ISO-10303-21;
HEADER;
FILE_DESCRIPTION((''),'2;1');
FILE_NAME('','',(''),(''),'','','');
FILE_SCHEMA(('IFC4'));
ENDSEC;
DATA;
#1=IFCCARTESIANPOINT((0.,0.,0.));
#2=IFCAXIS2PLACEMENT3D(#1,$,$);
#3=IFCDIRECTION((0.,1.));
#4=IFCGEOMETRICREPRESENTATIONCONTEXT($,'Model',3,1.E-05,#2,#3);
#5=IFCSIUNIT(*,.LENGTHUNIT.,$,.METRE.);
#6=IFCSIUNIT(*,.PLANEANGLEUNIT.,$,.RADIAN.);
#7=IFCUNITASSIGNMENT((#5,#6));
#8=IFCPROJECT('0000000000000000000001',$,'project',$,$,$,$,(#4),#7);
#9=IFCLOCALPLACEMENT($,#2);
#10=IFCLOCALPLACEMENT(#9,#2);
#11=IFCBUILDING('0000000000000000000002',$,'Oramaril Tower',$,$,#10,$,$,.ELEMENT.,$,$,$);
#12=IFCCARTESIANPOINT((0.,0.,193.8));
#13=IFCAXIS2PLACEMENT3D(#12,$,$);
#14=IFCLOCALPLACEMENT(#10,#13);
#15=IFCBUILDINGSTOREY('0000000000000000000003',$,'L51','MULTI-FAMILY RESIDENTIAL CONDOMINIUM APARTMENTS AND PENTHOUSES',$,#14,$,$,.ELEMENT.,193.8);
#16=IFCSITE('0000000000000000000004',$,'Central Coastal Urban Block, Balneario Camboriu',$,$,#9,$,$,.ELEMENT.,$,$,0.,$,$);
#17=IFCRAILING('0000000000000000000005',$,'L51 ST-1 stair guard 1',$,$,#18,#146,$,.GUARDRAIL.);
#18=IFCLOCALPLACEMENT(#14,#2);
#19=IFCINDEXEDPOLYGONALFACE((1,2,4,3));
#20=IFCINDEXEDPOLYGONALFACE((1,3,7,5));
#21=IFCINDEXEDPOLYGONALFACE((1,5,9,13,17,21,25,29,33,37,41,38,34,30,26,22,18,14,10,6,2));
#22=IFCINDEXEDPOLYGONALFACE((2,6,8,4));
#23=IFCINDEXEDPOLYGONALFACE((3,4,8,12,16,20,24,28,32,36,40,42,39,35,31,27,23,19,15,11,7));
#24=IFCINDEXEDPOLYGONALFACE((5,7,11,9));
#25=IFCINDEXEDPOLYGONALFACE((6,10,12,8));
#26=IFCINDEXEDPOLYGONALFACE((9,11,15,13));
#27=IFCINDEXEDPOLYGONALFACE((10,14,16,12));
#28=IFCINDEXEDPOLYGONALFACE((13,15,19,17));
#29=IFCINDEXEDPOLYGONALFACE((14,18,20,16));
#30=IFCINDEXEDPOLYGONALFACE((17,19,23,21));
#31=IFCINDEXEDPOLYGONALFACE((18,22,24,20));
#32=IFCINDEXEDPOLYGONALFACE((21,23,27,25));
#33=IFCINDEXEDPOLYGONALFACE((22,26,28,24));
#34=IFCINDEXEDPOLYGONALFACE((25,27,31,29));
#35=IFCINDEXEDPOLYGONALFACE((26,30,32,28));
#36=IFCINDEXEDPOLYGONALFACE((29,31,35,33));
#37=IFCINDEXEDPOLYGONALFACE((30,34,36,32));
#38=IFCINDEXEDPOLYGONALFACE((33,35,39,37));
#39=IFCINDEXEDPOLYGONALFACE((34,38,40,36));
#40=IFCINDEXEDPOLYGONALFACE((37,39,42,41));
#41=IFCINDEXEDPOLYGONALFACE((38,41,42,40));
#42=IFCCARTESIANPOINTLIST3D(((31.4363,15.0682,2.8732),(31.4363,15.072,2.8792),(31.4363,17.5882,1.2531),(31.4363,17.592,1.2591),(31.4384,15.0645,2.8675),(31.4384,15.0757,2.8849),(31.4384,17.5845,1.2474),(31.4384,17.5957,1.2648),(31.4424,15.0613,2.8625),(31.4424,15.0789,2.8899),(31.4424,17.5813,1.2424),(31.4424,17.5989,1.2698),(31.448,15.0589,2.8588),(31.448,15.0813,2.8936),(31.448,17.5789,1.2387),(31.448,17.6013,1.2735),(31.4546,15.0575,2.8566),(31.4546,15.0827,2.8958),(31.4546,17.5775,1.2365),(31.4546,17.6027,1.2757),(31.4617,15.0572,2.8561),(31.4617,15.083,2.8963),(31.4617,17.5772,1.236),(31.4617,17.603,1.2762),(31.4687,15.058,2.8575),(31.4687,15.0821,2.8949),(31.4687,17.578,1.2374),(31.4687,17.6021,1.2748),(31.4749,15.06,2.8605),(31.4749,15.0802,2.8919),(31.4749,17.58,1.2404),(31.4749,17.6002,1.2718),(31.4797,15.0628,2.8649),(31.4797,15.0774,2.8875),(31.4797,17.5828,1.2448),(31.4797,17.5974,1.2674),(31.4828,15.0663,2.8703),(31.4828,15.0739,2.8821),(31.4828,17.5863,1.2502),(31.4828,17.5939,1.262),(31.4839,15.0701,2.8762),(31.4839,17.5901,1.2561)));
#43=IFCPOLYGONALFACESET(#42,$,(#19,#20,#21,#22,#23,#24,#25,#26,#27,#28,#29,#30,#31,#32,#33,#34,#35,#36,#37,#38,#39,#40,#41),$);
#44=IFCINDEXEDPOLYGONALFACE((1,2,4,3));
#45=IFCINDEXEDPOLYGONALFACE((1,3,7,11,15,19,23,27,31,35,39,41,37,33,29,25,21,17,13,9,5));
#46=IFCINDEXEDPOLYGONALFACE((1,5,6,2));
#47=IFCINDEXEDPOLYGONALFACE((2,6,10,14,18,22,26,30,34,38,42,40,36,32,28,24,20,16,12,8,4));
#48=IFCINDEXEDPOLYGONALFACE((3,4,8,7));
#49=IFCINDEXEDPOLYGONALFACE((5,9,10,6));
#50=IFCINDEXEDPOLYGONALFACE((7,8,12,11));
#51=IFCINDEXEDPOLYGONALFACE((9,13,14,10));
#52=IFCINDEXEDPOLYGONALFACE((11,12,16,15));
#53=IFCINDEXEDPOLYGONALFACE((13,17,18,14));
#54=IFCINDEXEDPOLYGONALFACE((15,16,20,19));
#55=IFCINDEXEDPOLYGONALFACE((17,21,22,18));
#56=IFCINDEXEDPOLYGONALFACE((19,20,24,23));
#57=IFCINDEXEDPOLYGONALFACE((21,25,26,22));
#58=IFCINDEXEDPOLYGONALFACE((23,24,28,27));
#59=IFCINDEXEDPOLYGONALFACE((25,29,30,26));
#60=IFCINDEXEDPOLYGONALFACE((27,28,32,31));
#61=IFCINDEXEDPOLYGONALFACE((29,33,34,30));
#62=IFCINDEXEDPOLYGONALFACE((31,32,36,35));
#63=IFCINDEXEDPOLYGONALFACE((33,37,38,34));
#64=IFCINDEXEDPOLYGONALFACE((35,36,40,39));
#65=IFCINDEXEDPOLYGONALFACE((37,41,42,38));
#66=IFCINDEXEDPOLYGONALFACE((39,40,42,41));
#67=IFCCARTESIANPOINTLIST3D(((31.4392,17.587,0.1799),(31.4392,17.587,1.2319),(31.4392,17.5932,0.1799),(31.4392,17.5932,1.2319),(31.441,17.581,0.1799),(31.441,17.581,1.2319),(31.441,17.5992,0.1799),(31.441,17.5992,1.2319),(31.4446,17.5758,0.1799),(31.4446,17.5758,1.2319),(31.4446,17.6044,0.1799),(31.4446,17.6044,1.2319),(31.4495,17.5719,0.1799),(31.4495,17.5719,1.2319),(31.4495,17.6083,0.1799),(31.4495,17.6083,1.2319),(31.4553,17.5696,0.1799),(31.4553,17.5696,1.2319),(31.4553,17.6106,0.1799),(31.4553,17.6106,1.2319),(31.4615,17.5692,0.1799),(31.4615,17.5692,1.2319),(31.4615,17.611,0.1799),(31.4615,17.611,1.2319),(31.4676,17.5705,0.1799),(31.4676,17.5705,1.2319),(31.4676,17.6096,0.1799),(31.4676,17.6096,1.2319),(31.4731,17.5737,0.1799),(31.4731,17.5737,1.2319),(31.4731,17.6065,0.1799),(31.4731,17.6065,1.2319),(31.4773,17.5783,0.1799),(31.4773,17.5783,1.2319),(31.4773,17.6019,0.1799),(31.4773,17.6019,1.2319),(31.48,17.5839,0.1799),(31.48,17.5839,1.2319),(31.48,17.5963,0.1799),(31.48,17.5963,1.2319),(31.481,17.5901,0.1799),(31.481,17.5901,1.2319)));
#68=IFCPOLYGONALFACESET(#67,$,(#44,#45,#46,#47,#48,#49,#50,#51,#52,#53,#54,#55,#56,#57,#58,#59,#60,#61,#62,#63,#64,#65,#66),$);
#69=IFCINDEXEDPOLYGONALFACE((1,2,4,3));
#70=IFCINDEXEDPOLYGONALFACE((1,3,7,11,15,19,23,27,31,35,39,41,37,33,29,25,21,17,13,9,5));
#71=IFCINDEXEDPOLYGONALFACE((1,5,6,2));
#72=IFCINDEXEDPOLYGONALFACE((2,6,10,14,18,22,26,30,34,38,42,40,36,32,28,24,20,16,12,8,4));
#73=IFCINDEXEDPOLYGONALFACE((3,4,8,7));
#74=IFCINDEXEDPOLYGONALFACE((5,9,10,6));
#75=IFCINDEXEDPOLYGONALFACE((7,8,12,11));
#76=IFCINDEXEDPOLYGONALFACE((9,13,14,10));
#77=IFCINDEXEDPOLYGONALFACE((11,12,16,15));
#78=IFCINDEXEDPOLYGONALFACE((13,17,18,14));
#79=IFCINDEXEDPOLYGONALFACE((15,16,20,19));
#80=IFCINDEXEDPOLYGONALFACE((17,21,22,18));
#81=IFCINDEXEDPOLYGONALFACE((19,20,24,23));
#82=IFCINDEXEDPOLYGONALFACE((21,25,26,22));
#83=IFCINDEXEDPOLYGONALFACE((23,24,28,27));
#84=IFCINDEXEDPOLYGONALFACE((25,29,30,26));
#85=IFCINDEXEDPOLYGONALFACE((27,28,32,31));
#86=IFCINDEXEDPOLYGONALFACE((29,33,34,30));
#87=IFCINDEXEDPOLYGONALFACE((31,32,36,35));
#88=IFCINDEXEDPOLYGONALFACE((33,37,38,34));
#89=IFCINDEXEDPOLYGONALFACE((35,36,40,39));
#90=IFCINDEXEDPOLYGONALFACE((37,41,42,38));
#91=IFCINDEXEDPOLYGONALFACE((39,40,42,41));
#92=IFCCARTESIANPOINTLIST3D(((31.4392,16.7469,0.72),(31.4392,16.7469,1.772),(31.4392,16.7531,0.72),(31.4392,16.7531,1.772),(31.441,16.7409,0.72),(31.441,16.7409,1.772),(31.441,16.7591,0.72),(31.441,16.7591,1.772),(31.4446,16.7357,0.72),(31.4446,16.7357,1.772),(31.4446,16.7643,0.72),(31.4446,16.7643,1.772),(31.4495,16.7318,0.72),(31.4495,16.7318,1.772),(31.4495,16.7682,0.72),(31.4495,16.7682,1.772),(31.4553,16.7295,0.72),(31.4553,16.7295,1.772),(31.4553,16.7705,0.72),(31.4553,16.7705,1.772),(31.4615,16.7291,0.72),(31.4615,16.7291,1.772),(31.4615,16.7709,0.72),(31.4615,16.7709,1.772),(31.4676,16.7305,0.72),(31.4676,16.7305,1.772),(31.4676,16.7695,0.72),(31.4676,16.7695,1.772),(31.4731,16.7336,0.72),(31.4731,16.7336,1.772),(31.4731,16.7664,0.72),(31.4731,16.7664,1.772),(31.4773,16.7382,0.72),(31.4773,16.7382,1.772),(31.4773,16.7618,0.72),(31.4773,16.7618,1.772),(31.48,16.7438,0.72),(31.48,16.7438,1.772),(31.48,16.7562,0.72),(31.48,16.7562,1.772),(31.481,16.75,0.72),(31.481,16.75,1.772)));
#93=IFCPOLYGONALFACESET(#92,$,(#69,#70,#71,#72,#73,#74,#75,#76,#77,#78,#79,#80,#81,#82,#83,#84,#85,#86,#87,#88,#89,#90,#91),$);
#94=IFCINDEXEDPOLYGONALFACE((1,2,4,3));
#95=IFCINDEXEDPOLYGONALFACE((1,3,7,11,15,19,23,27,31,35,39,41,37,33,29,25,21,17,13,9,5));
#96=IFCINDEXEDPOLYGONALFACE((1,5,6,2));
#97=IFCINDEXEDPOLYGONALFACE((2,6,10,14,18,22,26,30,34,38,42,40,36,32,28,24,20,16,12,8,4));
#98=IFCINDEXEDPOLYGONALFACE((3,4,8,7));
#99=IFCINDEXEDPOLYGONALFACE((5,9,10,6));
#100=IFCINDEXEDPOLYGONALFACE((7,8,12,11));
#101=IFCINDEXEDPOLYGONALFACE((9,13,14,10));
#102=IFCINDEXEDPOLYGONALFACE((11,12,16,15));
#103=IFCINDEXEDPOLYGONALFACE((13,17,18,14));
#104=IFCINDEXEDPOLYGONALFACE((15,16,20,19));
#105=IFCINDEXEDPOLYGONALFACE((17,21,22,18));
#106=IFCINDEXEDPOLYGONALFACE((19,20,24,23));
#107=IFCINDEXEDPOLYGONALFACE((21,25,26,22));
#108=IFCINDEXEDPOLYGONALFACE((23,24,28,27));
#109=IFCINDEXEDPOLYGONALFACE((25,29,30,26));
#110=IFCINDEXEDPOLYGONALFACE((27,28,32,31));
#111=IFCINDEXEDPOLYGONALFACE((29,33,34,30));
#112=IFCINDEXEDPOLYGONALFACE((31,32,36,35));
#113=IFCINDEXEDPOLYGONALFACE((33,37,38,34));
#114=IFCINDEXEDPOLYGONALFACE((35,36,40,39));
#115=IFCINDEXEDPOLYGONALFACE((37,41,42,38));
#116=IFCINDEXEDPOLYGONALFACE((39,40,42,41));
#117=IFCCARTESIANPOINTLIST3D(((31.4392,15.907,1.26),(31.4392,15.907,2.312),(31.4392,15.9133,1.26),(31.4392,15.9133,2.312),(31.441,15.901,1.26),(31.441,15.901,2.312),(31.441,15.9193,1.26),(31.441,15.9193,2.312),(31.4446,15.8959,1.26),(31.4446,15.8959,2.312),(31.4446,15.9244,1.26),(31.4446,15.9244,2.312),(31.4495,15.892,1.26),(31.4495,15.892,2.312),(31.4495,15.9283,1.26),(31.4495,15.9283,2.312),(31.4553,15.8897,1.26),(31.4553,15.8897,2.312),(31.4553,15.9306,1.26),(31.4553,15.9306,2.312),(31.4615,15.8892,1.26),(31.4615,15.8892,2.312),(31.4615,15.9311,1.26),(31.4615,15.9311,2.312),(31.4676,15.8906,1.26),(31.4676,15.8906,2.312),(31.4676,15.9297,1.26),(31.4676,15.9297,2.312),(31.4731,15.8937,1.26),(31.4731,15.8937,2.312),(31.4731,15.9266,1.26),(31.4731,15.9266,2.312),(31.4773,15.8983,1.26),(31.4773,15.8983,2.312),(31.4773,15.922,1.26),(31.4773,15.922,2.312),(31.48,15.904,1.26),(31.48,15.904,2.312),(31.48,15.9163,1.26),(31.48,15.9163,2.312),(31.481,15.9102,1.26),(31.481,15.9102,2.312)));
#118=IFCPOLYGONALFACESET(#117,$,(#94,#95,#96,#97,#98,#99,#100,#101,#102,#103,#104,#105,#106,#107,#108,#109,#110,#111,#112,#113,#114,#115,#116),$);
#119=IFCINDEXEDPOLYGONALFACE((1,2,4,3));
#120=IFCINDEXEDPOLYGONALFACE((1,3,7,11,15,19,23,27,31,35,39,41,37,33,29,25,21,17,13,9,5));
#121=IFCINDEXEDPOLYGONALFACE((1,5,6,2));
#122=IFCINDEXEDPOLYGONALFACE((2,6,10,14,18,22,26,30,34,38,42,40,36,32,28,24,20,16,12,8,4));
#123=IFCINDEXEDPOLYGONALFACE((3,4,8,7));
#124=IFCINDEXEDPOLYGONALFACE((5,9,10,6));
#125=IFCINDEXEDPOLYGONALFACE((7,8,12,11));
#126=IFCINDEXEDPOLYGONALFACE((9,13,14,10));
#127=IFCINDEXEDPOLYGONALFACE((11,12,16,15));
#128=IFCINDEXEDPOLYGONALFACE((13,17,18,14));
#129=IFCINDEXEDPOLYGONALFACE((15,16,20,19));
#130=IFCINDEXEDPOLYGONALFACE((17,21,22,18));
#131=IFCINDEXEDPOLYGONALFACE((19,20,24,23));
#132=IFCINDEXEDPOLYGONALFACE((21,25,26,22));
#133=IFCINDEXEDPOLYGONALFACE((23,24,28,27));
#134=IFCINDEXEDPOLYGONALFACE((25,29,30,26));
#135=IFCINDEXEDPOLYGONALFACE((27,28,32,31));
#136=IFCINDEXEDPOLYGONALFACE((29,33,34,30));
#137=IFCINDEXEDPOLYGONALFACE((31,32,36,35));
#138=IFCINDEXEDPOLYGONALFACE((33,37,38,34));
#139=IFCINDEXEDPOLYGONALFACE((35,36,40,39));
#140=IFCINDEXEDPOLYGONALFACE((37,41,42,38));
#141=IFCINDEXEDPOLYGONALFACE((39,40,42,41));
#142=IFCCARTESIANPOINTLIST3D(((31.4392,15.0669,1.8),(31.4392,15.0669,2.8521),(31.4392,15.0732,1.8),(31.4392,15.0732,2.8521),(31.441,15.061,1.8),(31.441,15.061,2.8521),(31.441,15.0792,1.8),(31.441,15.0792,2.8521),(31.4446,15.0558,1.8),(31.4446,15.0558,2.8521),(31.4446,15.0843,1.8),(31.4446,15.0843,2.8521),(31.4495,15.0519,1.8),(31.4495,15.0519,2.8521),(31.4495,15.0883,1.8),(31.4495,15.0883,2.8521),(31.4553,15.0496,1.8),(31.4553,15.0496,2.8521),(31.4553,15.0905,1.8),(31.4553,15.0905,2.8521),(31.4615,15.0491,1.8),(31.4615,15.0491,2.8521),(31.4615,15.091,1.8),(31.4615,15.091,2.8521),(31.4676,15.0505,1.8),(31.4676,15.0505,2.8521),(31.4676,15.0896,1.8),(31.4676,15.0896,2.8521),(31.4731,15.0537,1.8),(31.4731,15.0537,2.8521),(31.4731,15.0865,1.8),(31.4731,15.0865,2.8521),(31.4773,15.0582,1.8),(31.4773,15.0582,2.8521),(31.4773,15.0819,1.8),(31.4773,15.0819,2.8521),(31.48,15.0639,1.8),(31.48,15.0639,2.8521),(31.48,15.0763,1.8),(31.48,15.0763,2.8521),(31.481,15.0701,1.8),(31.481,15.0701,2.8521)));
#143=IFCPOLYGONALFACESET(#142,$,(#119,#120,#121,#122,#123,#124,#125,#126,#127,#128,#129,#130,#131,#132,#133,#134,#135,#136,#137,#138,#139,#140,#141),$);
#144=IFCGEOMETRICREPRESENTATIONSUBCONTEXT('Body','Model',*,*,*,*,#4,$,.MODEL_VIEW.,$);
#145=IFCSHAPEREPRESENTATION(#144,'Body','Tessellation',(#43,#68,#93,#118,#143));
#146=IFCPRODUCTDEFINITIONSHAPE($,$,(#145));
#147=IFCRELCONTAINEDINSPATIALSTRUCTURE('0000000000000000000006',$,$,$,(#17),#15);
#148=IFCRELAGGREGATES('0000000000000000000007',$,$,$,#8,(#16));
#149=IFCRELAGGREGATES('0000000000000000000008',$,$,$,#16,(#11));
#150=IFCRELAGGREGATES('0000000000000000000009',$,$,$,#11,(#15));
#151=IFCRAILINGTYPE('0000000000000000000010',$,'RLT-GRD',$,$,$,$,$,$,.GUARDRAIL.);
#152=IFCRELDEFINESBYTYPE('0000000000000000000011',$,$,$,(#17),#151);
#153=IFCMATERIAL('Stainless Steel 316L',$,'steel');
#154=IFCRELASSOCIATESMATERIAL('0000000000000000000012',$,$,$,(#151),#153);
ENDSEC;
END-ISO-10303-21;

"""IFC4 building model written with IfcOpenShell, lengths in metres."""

from ifc_helpers import new_model, si_unit, direction, frame, origin, origin_2d, place, context, subcontext, project, spatial, circle, extrude, material, type_object, element, save


model = new_model("IFC4")

# Units and contexts
model_context = context("Model", 3, precision=1e-05, world=origin(), true_north=direction((0.0, 1.0)))
body_context = subcontext(model_context, "Body", "Model", "MODEL_VIEW")
ifc_project = project(units=[si_unit("LENGTHUNIT", "METRE"), si_unit("PLANEANGLEUNIT", "RADIAN")], contexts=[model_context])

# Site, building, storey
site_placement = place(None, origin())
site = spatial("IfcSite", under=ifc_project, at=site_placement, Name="Central Coastal Urban Block, Balneario Camboriu", CompositionType="ELEMENT", RefElevation=0.0)
building_placement = place(site_placement, origin())
building = spatial("IfcBuilding", under=site, at=building_placement, Name="Oramaril Tower", CompositionType="ELEMENT")
storey_placement = place(building_placement, frame((0.0, 0.0, 193.8)))
storey = spatial("IfcBuildingStorey", under=building, at=storey_placement, Name="L51", Description="MULTI-FAMILY RESIDENTIAL CONDOMINIUM APARTMENTS AND PENTHOUSES", CompositionType="ELEMENT", Elevation=193.8)

# Railing
ifc_material_1 = material(Name="Stainless Steel 316L", Category="steel")
railing_type_1 = type_object("IfcRailingType", Name="RLT-GRD", PredefinedType="GUARDRAIL", material=ifc_material_1)
railing_1_placement = place(storey_placement, frame((31.46, 17.5901, 0.1799)))
element("IfcRailing", 1, at=railing_1_placement, inside=storey, type_object=railing_type_1, Name="L51 ST-1 stair guard 1", PredefinedType="GUARDRAIL", context=body_context, shape_type="SweptSolid", body=[
    extrude(circle(Radius=0.0239, at=origin_2d()), frame((0.0, 0.0, 1.0762), z_axis=(0.0, -0.841163, 0.540782), x_axis=(1.0, 0.0, 0.0)), (0.0, 0.0, 1.0), 2.9958),
    extrude(circle(Radius=0.021, at=origin_2d()), origin(), (0.0, 0.0, 1.0), 1.052),
    extrude(circle(Radius=0.021, at=origin_2d()), frame((0.0, -0.8401, 0.54)), (0.0, 0.0, 1.0), 1.052),
    extrude(circle(Radius=0.021, at=origin_2d()), frame((0.0, -1.6799, 1.0801)), (0.0, 0.0, 1.0), 1.052),
    extrude(circle(Radius=0.021, at=origin_2d()), frame((0.0, -2.52, 1.6201)), (0.0, 0.0, 1.0), 1.052),
])

save(model, "model.ifc")
